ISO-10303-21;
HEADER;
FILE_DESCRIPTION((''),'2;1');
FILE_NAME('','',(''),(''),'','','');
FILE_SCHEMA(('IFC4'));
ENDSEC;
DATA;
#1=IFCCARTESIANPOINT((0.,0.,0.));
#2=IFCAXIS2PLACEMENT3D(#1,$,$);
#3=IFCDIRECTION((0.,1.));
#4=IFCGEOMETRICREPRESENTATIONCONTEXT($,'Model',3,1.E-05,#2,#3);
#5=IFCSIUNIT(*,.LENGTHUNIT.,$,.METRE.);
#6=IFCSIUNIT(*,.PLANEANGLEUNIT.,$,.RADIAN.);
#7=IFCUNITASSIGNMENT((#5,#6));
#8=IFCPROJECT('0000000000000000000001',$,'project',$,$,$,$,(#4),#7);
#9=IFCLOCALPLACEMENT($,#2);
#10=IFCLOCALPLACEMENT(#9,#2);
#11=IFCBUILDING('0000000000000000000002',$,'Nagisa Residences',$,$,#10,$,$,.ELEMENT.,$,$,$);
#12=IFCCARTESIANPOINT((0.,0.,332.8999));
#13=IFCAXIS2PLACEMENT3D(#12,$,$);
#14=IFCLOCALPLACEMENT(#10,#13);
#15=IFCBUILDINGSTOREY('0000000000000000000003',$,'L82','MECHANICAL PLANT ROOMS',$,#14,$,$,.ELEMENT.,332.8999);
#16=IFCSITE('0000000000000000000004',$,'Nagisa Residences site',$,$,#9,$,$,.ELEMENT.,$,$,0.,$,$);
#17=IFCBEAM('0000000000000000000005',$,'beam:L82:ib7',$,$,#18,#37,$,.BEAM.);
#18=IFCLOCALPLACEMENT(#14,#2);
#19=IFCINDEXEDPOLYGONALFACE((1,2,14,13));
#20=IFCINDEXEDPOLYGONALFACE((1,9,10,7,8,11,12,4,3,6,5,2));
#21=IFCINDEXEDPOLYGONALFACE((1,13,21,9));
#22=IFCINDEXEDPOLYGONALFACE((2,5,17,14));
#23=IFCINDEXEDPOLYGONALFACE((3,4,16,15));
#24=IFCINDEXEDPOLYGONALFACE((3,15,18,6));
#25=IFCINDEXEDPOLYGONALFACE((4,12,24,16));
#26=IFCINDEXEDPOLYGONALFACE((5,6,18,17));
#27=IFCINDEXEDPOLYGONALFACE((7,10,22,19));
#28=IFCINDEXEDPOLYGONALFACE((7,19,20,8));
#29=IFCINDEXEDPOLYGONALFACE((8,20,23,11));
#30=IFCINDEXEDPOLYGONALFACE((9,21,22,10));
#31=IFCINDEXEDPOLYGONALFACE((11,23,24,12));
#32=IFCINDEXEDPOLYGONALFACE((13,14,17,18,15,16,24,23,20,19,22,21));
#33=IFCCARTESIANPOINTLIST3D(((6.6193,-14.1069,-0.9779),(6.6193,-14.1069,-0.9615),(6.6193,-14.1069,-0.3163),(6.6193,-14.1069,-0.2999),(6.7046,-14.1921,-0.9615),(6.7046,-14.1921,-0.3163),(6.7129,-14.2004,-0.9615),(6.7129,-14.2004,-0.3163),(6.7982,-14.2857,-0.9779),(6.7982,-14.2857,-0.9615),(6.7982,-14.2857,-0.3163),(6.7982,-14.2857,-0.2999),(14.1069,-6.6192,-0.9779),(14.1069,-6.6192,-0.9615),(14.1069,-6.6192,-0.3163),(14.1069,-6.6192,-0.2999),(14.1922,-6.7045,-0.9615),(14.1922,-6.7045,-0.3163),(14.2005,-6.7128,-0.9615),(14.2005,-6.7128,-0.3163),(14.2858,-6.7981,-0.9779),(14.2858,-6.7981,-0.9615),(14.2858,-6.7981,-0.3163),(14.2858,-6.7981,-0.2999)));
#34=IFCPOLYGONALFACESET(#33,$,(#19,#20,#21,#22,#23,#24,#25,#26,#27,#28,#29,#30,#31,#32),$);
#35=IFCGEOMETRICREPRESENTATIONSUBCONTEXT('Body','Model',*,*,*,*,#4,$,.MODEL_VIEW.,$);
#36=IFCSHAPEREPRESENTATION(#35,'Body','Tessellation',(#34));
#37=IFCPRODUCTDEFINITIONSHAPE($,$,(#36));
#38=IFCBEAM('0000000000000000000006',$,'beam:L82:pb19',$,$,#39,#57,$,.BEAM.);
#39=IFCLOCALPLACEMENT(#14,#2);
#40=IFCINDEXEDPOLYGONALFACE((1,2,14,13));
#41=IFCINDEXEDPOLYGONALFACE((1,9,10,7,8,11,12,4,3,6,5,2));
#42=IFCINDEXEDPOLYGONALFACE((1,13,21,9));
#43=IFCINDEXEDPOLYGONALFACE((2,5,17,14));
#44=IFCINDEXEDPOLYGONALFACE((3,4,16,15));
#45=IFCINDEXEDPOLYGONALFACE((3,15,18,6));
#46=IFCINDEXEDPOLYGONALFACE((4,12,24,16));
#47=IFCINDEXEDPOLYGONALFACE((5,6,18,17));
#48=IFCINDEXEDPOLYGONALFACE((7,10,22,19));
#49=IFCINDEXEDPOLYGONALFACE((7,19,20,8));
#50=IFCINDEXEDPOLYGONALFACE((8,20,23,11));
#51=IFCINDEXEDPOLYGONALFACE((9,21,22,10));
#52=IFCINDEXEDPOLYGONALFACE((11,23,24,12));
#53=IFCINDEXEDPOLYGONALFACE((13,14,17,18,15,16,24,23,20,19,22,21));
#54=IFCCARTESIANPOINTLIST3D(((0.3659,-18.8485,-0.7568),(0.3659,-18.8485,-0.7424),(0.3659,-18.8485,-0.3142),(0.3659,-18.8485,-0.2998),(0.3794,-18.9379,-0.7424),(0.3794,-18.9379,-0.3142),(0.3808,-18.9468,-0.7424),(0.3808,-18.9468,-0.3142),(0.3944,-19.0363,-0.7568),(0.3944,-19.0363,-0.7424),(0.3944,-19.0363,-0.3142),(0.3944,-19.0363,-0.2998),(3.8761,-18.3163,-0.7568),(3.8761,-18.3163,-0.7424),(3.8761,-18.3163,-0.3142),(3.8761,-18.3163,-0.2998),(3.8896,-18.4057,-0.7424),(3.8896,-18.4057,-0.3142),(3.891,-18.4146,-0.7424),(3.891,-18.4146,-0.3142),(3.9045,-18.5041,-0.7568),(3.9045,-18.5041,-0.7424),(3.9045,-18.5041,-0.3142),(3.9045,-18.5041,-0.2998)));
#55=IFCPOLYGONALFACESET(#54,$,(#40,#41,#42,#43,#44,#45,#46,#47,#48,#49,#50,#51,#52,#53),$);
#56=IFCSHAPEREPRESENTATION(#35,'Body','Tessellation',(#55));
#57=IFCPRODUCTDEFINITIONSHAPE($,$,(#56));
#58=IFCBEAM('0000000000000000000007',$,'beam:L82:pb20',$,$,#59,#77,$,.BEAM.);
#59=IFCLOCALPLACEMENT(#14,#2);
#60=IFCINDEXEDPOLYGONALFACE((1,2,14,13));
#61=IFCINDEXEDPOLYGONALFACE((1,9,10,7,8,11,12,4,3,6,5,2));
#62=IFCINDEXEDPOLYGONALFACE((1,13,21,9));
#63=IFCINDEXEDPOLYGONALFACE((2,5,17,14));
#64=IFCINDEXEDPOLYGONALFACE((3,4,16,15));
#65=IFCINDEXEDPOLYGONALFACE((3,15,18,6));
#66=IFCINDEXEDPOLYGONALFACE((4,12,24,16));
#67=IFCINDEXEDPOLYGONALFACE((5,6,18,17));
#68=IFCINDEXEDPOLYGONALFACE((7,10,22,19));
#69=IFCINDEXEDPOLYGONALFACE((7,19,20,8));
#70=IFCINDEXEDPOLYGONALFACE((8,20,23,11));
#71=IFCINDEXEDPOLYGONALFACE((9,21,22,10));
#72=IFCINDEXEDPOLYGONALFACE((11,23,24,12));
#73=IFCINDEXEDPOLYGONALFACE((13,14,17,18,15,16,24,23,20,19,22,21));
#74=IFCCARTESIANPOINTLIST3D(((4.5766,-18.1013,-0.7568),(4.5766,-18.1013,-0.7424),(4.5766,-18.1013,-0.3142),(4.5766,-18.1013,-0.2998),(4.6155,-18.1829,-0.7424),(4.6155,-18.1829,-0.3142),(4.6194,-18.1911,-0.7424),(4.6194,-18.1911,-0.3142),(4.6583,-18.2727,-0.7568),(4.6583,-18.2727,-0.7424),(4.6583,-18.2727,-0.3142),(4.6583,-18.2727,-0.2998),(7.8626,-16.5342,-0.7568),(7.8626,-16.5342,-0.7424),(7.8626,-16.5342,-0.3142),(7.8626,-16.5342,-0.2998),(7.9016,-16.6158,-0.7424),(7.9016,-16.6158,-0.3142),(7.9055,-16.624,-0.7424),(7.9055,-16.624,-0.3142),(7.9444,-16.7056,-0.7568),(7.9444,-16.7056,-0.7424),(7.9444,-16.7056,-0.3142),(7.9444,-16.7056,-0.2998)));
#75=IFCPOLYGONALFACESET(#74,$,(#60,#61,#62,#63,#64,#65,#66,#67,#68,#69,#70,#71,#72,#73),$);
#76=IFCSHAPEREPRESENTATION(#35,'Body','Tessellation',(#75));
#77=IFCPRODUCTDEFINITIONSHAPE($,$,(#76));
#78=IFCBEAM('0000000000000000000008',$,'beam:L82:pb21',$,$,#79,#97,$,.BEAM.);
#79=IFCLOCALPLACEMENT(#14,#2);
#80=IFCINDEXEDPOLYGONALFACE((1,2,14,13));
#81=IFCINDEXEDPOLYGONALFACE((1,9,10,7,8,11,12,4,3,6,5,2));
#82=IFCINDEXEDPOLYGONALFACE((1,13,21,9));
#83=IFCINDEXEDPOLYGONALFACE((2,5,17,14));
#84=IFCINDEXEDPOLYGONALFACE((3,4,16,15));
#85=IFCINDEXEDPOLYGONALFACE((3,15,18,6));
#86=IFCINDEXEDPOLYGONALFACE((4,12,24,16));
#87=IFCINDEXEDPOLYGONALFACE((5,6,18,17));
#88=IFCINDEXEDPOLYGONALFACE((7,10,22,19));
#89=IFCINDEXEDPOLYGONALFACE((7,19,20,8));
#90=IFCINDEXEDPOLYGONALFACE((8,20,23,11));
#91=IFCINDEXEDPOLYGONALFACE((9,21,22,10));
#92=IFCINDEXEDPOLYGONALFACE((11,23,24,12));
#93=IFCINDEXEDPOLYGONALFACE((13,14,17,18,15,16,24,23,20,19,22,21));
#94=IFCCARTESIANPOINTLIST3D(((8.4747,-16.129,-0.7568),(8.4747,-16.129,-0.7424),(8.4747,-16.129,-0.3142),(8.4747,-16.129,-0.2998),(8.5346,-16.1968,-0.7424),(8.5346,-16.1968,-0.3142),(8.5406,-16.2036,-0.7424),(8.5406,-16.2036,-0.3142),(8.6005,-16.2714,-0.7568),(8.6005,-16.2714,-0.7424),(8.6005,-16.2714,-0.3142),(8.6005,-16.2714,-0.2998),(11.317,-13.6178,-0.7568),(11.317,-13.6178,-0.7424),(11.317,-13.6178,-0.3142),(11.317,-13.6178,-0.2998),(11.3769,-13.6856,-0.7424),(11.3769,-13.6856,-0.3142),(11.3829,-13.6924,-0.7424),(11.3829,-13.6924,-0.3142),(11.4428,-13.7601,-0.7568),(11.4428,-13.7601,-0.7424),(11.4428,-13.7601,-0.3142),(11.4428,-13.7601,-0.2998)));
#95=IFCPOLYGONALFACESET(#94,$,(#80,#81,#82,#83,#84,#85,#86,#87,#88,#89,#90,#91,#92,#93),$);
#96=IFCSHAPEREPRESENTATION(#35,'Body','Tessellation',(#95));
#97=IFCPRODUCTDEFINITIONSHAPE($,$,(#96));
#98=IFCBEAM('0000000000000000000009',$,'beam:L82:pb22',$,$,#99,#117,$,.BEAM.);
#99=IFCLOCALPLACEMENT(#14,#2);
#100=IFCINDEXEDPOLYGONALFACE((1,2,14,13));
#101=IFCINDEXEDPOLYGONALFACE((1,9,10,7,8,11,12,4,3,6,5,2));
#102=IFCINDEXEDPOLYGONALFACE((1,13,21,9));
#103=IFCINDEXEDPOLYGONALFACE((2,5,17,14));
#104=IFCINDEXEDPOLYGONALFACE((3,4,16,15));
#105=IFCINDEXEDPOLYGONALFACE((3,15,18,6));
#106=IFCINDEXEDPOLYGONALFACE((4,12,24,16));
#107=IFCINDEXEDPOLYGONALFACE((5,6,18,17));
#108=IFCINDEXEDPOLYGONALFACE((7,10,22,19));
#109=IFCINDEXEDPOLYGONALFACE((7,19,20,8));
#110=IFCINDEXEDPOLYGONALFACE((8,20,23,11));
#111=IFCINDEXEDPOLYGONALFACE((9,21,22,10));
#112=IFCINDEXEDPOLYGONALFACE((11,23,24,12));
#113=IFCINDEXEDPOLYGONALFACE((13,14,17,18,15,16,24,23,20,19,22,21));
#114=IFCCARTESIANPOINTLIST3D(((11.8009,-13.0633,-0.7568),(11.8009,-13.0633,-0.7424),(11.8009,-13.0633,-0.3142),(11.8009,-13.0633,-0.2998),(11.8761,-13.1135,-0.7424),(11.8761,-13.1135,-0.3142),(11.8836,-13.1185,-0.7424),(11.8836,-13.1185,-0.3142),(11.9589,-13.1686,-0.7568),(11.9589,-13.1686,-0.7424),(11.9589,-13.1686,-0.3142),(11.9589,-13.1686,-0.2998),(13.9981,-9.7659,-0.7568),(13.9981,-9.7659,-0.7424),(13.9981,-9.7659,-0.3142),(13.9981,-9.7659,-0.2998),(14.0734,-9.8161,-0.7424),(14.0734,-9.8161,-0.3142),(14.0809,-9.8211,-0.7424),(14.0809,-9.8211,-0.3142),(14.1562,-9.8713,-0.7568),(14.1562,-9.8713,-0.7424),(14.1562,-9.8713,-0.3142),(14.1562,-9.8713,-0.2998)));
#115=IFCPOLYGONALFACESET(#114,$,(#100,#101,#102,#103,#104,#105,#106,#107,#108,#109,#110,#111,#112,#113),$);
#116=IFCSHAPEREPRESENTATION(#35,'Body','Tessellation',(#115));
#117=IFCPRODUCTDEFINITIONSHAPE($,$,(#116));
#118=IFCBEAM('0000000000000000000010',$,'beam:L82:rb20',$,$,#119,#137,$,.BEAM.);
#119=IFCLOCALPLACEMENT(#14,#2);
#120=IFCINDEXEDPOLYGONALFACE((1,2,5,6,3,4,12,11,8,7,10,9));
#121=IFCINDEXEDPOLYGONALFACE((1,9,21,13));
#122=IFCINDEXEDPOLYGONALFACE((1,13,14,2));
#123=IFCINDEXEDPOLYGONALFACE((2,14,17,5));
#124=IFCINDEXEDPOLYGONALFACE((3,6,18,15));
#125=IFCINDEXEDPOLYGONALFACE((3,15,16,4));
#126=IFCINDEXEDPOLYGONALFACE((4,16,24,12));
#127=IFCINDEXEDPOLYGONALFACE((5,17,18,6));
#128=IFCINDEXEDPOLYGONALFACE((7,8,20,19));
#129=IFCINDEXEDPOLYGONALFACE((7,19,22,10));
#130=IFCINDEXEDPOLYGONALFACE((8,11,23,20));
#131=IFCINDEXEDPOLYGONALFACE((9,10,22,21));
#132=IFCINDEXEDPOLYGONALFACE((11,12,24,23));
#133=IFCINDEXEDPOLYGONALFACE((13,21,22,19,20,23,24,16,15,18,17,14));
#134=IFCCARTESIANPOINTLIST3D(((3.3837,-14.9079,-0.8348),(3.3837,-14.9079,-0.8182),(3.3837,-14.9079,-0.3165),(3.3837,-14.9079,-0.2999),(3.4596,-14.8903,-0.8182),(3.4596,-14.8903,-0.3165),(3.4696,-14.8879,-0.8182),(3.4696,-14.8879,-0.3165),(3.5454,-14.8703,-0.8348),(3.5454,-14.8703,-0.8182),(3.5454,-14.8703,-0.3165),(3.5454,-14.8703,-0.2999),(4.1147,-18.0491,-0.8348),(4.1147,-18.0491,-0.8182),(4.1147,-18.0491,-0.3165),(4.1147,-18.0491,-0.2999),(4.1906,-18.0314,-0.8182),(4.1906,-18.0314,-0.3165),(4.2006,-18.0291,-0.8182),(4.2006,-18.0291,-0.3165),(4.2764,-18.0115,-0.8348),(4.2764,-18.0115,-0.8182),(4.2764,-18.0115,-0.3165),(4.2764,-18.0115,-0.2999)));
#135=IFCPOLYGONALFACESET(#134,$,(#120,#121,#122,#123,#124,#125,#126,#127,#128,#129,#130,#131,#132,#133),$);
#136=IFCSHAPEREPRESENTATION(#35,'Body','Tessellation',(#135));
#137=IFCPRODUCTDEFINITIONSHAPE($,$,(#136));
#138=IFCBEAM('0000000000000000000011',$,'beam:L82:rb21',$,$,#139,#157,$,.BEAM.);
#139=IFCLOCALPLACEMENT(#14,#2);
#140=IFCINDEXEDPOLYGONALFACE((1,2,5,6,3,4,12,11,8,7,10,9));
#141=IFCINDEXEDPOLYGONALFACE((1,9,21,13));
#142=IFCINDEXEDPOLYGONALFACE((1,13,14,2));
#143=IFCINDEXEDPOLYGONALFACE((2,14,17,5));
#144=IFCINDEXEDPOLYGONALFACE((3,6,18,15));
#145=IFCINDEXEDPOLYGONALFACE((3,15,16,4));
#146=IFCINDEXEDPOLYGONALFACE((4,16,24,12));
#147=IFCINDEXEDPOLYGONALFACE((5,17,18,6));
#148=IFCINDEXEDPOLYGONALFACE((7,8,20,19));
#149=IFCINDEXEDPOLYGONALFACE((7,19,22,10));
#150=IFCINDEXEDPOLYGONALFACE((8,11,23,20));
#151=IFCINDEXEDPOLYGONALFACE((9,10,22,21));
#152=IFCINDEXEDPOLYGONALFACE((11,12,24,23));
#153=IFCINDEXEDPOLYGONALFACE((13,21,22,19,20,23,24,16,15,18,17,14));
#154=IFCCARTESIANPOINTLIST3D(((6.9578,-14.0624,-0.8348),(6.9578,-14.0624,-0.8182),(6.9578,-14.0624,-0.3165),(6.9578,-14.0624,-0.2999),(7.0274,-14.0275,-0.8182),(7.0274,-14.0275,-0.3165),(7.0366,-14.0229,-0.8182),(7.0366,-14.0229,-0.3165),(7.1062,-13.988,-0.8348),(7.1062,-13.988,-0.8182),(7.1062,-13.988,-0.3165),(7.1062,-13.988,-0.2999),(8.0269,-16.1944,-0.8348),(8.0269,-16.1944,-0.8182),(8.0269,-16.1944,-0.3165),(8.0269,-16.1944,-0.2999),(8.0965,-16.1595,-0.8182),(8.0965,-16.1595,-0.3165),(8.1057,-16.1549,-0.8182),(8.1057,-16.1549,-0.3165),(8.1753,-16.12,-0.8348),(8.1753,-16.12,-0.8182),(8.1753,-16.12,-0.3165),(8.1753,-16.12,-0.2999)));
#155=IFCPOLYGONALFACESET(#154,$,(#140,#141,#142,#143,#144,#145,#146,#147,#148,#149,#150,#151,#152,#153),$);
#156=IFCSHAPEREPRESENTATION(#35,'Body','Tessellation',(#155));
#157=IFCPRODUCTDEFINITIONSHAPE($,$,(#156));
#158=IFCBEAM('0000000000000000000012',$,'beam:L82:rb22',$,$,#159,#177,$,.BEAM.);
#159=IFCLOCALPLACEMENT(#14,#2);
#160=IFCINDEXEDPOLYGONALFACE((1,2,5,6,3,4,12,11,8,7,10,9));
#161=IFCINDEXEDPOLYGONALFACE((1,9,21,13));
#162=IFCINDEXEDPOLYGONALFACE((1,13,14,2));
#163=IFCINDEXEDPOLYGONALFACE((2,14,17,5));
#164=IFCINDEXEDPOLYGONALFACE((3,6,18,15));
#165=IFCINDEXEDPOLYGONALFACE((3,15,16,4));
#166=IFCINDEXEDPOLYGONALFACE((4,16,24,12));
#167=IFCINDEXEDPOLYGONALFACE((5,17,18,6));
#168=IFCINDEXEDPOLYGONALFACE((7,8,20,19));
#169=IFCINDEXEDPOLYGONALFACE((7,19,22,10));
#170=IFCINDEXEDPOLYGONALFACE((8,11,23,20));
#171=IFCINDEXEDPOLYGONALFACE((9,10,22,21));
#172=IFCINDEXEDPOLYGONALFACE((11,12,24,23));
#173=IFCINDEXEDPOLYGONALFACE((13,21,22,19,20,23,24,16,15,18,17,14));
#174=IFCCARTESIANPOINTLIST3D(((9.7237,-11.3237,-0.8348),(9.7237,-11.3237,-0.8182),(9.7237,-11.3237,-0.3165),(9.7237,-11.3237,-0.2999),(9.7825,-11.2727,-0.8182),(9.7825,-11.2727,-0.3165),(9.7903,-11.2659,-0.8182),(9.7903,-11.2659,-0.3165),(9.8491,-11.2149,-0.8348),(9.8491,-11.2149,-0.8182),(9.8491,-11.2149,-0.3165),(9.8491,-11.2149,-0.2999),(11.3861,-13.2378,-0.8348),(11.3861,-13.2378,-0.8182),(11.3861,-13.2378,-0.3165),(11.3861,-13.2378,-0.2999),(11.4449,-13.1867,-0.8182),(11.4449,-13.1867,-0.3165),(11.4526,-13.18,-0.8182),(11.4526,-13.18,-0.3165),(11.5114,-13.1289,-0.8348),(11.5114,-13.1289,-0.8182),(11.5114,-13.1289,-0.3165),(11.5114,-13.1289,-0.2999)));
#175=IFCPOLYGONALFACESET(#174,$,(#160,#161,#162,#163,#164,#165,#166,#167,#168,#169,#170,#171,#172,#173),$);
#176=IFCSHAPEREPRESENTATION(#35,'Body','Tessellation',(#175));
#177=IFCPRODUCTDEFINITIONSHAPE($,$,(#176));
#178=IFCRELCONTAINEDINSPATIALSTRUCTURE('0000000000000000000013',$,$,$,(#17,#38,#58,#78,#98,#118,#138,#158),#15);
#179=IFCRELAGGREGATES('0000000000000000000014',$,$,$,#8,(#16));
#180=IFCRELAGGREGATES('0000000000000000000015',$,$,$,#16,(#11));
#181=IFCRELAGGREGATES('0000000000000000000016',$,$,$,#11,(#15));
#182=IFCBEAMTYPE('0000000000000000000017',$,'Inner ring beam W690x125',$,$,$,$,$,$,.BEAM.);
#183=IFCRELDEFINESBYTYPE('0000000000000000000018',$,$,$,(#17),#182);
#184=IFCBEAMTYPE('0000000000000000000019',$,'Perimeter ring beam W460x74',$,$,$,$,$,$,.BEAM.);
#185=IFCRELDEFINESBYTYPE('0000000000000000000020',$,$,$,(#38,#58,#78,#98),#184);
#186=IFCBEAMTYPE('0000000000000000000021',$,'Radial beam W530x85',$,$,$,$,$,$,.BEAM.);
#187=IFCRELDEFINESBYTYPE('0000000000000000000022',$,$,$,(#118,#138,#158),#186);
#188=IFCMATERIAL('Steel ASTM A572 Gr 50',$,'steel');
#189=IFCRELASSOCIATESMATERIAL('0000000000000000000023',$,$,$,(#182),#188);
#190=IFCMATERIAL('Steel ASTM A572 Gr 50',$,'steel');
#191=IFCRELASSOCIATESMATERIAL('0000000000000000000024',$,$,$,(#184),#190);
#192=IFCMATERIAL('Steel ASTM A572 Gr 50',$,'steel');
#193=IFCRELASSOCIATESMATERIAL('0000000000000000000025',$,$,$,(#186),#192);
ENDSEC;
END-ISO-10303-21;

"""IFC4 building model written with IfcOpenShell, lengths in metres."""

from ifc_helpers import new_model, si_unit, direction, frame, origin, origin_2d, place, context, subcontext, project, spatial, i_section, extrude, material, material_profile, profile_set, type_object, element, save


model = new_model("IFC4")

# Units and contexts
model_context = context("Model", 3, precision=1e-05, world=origin(), true_north=direction((0.0, 1.0)))
body_context = subcontext(model_context, "Body", "Model", "MODEL_VIEW")
ifc_project = project(units=[si_unit("LENGTHUNIT", "METRE"), si_unit("PLANEANGLEUNIT", "RADIAN")], contexts=[model_context])

# Site, building, storey
site_placement = place(None, origin())
site = spatial("IfcSite", under=ifc_project, at=site_placement, Name="Nagisa Residences site", CompositionType="ELEMENT", RefElevation=0.0)
building_placement = place(site_placement, origin())
building = spatial("IfcBuilding", under=site, at=building_placement, Name="Nagisa Residences", CompositionType="ELEMENT")
storey_placement = place(building_placement, frame((0.0, 0.0, 332.8999)))
storey = spatial("IfcBuildingStorey", under=building, at=storey_placement, Name="L82", Description="MECHANICAL PLANT ROOMS", CompositionType="ELEMENT", Elevation=332.8999)

# Beams
ifc_material_1 = material(Name="Steel ASTM A572 Gr 50", Category="steel")
ifc_material_profile_1 = material_profile(ifc_material_1, i_section(OverallWidth=0.2529, OverallDepth=0.678, WebThickness=0.0117, FlangeThickness=0.0164, at=origin_2d()), Name="W690x125")
ifc_profile_set_1 = profile_set([ifc_material_profile_1], Name="Steel ASTM A572 Gr 50")
beam_type_1 = type_object("IfcBeamType", Name="Inner ring beam W690x125", PredefinedType="BEAM", material=ifc_profile_set_1)
beam_1_placement = place(storey_placement, frame((6.7087, -14.1963, -0.6389), z_axis=(0.707107, 0.707107, 0.0), x_axis=(-0.707107, 0.707107, 0.0)))
element("IfcBeam", 1, at=beam_1_placement, inside=storey, type_object=beam_type_1, Name="beam:L82:ib7", PredefinedType="BEAM", context=body_context, shape_type="SweptSolid", body=[
    extrude(i_section(OverallWidth=0.2529, OverallDepth=0.678, WebThickness=0.0117, FlangeThickness=0.0164, at=origin_2d()), origin(), (0.0, 0.0, 1.0), 10.5891),
])
ifc_material_2 = material(Name="Steel ASTM A572 Gr 50", Category="steel")
ifc_material_profile_2 = material_profile(ifc_material_2, i_section(OverallWidth=0.1899, OverallDepth=0.457, WebThickness=0.009, FlangeThickness=0.0144, at=origin_2d()), Name="W460x74")
ifc_profile_set_2 = profile_set([ifc_material_profile_2], Name="Steel ASTM A572 Gr 50")
beam_type_2 = type_object("IfcBeamType", Name="Perimeter ring beam W460x74", PredefinedType="BEAM", material=ifc_profile_set_2)
beam_2_placement = place(storey_placement, frame((0.3801, -18.9424, -0.5283), z_axis=(0.9887, 0.149907, 0.0), x_axis=(-0.149907, 0.9887, 0.0)))
element("IfcBeam", 2, at=beam_2_placement, inside=storey, type_object=beam_type_2, Name="beam:L82:pb19", PredefinedType="BEAM", context=body_context, shape_type="SweptSolid", body=[
    extrude(i_section(OverallWidth=0.1899, OverallDepth=0.457, WebThickness=0.009, FlangeThickness=0.0144, at=origin_2d()), origin(), (0.0, 0.0, 1.0), 3.5503),
])
beam_3_placement = place(storey_placement, frame((4.6174, -18.187, -0.5283), z_axis=(0.902614, 0.430452, 0.0), x_axis=(-0.430452, 0.902614, 0.0)))
element("IfcBeam", 3, at=beam_3_placement, inside=storey, type_object=beam_type_2, Name="beam:L82:pb20", PredefinedType="BEAM", context=body_context, shape_type="SweptSolid", body=[
    extrude(i_section(OverallWidth=0.1899, OverallDepth=0.457, WebThickness=0.009, FlangeThickness=0.0144, at=origin_2d()), origin(), (0.0, 0.0, 1.0), 3.6406),
])
beam_4_placement = place(storey_placement, frame((8.5376, -16.2002, -0.5283), z_axis=(0.749402, 0.662115, 0.0), x_axis=(-0.662115, 0.749402, 0.0)))
element("IfcBeam", 4, at=beam_4_placement, inside=storey, type_object=beam_type_2, Name="beam:L82:pb21", PredefinedType="BEAM", context=body_context, shape_type="SweptSolid", body=[
    extrude(i_section(OverallWidth=0.1899, OverallDepth=0.457, WebThickness=0.009, FlangeThickness=0.0144, at=origin_2d()), origin(), (0.0, 0.0, 1.0), 3.7927),
])
beam_5_placement = place(storey_placement, frame((11.8799, -13.116, -0.5283), z_axis=(0.55453, 0.832164, 0.0), x_axis=(-0.832164, 0.55453, 0.0)))
element("IfcBeam", 5, at=beam_5_placement, inside=storey, type_object=beam_type_2, Name="beam:L82:pb22", PredefinedType="BEAM", context=body_context, shape_type="SweptSolid", body=[
    extrude(i_section(OverallWidth=0.1899, OverallDepth=0.457, WebThickness=0.009, FlangeThickness=0.0144, at=origin_2d()), origin(), (0.0, 0.0, 1.0), 3.9624),
])
ifc_material_3 = material(Name="Steel ASTM A572 Gr 50", Category="steel")
ifc_material_profile_3 = material_profile(ifc_material_3, i_section(OverallWidth=0.166, OverallDepth=0.5349, WebThickness=0.0103, FlangeThickness=0.0166, at=origin_2d()), Name="W530x85")
ifc_profile_set_3 = profile_set([ifc_material_profile_3], Name="Steel ASTM A572 Gr 50")
beam_type_3 = type_object("IfcBeamType", Name="Radial beam W530x85", PredefinedType="BEAM", material=ifc_profile_set_3)
beam_6_placement = place(storey_placement, frame((4.1956, -18.0303, -0.5674), z_axis=(-0.22665, 0.973976, 0.0), x_axis=(-0.973976, -0.22665, 0.0)))
element("IfcBeam", 6, at=beam_6_placement, inside=storey, type_object=beam_type_3, Name="beam:L82:rb20", PredefinedType="BEAM", context=body_context, shape_type="SweptSolid", body=[
    extrude(i_section(OverallWidth=0.166, OverallDepth=0.5349, WebThickness=0.0103, FlangeThickness=0.0166, at=origin_2d()), origin(), (0.0, 0.0, 1.0), 3.2251),
])
beam_7_placement = place(storey_placement, frame((8.1011, -16.1572, -0.5674), z_axis=(-0.448237, 0.893915, 0.0), x_axis=(-0.893915, -0.448237, 0.0)))
element("IfcBeam", 7, at=beam_7_placement, inside=storey, type_object=beam_type_3, Name="beam:L82:rb21", PredefinedType="BEAM", context=body_context, shape_type="SweptSolid", body=[
    extrude(i_section(OverallWidth=0.166, OverallDepth=0.5349, WebThickness=0.0103, FlangeThickness=0.0166, at=origin_2d()), origin(), (0.0, 0.0, 1.0), 2.385),
])
beam_8_placement = place(storey_placement, frame((11.4487, -13.1833, -0.5674), z_axis=(-0.655718, 0.755006, 0.0), x_axis=(-0.755006, -0.655718, 0.0)))
element("IfcBeam", 8, at=beam_8_placement, inside=storey, type_object=beam_type_3, Name="beam:L82:rb22", PredefinedType="BEAM", context=body_context, shape_type="SweptSolid", body=[
    extrude(i_section(OverallWidth=0.166, OverallDepth=0.5349, WebThickness=0.0103, FlangeThickness=0.0166, at=origin_2d()), origin(), (0.0, 0.0, 1.0), 2.5352),
])

save(model, "model.ifc")
